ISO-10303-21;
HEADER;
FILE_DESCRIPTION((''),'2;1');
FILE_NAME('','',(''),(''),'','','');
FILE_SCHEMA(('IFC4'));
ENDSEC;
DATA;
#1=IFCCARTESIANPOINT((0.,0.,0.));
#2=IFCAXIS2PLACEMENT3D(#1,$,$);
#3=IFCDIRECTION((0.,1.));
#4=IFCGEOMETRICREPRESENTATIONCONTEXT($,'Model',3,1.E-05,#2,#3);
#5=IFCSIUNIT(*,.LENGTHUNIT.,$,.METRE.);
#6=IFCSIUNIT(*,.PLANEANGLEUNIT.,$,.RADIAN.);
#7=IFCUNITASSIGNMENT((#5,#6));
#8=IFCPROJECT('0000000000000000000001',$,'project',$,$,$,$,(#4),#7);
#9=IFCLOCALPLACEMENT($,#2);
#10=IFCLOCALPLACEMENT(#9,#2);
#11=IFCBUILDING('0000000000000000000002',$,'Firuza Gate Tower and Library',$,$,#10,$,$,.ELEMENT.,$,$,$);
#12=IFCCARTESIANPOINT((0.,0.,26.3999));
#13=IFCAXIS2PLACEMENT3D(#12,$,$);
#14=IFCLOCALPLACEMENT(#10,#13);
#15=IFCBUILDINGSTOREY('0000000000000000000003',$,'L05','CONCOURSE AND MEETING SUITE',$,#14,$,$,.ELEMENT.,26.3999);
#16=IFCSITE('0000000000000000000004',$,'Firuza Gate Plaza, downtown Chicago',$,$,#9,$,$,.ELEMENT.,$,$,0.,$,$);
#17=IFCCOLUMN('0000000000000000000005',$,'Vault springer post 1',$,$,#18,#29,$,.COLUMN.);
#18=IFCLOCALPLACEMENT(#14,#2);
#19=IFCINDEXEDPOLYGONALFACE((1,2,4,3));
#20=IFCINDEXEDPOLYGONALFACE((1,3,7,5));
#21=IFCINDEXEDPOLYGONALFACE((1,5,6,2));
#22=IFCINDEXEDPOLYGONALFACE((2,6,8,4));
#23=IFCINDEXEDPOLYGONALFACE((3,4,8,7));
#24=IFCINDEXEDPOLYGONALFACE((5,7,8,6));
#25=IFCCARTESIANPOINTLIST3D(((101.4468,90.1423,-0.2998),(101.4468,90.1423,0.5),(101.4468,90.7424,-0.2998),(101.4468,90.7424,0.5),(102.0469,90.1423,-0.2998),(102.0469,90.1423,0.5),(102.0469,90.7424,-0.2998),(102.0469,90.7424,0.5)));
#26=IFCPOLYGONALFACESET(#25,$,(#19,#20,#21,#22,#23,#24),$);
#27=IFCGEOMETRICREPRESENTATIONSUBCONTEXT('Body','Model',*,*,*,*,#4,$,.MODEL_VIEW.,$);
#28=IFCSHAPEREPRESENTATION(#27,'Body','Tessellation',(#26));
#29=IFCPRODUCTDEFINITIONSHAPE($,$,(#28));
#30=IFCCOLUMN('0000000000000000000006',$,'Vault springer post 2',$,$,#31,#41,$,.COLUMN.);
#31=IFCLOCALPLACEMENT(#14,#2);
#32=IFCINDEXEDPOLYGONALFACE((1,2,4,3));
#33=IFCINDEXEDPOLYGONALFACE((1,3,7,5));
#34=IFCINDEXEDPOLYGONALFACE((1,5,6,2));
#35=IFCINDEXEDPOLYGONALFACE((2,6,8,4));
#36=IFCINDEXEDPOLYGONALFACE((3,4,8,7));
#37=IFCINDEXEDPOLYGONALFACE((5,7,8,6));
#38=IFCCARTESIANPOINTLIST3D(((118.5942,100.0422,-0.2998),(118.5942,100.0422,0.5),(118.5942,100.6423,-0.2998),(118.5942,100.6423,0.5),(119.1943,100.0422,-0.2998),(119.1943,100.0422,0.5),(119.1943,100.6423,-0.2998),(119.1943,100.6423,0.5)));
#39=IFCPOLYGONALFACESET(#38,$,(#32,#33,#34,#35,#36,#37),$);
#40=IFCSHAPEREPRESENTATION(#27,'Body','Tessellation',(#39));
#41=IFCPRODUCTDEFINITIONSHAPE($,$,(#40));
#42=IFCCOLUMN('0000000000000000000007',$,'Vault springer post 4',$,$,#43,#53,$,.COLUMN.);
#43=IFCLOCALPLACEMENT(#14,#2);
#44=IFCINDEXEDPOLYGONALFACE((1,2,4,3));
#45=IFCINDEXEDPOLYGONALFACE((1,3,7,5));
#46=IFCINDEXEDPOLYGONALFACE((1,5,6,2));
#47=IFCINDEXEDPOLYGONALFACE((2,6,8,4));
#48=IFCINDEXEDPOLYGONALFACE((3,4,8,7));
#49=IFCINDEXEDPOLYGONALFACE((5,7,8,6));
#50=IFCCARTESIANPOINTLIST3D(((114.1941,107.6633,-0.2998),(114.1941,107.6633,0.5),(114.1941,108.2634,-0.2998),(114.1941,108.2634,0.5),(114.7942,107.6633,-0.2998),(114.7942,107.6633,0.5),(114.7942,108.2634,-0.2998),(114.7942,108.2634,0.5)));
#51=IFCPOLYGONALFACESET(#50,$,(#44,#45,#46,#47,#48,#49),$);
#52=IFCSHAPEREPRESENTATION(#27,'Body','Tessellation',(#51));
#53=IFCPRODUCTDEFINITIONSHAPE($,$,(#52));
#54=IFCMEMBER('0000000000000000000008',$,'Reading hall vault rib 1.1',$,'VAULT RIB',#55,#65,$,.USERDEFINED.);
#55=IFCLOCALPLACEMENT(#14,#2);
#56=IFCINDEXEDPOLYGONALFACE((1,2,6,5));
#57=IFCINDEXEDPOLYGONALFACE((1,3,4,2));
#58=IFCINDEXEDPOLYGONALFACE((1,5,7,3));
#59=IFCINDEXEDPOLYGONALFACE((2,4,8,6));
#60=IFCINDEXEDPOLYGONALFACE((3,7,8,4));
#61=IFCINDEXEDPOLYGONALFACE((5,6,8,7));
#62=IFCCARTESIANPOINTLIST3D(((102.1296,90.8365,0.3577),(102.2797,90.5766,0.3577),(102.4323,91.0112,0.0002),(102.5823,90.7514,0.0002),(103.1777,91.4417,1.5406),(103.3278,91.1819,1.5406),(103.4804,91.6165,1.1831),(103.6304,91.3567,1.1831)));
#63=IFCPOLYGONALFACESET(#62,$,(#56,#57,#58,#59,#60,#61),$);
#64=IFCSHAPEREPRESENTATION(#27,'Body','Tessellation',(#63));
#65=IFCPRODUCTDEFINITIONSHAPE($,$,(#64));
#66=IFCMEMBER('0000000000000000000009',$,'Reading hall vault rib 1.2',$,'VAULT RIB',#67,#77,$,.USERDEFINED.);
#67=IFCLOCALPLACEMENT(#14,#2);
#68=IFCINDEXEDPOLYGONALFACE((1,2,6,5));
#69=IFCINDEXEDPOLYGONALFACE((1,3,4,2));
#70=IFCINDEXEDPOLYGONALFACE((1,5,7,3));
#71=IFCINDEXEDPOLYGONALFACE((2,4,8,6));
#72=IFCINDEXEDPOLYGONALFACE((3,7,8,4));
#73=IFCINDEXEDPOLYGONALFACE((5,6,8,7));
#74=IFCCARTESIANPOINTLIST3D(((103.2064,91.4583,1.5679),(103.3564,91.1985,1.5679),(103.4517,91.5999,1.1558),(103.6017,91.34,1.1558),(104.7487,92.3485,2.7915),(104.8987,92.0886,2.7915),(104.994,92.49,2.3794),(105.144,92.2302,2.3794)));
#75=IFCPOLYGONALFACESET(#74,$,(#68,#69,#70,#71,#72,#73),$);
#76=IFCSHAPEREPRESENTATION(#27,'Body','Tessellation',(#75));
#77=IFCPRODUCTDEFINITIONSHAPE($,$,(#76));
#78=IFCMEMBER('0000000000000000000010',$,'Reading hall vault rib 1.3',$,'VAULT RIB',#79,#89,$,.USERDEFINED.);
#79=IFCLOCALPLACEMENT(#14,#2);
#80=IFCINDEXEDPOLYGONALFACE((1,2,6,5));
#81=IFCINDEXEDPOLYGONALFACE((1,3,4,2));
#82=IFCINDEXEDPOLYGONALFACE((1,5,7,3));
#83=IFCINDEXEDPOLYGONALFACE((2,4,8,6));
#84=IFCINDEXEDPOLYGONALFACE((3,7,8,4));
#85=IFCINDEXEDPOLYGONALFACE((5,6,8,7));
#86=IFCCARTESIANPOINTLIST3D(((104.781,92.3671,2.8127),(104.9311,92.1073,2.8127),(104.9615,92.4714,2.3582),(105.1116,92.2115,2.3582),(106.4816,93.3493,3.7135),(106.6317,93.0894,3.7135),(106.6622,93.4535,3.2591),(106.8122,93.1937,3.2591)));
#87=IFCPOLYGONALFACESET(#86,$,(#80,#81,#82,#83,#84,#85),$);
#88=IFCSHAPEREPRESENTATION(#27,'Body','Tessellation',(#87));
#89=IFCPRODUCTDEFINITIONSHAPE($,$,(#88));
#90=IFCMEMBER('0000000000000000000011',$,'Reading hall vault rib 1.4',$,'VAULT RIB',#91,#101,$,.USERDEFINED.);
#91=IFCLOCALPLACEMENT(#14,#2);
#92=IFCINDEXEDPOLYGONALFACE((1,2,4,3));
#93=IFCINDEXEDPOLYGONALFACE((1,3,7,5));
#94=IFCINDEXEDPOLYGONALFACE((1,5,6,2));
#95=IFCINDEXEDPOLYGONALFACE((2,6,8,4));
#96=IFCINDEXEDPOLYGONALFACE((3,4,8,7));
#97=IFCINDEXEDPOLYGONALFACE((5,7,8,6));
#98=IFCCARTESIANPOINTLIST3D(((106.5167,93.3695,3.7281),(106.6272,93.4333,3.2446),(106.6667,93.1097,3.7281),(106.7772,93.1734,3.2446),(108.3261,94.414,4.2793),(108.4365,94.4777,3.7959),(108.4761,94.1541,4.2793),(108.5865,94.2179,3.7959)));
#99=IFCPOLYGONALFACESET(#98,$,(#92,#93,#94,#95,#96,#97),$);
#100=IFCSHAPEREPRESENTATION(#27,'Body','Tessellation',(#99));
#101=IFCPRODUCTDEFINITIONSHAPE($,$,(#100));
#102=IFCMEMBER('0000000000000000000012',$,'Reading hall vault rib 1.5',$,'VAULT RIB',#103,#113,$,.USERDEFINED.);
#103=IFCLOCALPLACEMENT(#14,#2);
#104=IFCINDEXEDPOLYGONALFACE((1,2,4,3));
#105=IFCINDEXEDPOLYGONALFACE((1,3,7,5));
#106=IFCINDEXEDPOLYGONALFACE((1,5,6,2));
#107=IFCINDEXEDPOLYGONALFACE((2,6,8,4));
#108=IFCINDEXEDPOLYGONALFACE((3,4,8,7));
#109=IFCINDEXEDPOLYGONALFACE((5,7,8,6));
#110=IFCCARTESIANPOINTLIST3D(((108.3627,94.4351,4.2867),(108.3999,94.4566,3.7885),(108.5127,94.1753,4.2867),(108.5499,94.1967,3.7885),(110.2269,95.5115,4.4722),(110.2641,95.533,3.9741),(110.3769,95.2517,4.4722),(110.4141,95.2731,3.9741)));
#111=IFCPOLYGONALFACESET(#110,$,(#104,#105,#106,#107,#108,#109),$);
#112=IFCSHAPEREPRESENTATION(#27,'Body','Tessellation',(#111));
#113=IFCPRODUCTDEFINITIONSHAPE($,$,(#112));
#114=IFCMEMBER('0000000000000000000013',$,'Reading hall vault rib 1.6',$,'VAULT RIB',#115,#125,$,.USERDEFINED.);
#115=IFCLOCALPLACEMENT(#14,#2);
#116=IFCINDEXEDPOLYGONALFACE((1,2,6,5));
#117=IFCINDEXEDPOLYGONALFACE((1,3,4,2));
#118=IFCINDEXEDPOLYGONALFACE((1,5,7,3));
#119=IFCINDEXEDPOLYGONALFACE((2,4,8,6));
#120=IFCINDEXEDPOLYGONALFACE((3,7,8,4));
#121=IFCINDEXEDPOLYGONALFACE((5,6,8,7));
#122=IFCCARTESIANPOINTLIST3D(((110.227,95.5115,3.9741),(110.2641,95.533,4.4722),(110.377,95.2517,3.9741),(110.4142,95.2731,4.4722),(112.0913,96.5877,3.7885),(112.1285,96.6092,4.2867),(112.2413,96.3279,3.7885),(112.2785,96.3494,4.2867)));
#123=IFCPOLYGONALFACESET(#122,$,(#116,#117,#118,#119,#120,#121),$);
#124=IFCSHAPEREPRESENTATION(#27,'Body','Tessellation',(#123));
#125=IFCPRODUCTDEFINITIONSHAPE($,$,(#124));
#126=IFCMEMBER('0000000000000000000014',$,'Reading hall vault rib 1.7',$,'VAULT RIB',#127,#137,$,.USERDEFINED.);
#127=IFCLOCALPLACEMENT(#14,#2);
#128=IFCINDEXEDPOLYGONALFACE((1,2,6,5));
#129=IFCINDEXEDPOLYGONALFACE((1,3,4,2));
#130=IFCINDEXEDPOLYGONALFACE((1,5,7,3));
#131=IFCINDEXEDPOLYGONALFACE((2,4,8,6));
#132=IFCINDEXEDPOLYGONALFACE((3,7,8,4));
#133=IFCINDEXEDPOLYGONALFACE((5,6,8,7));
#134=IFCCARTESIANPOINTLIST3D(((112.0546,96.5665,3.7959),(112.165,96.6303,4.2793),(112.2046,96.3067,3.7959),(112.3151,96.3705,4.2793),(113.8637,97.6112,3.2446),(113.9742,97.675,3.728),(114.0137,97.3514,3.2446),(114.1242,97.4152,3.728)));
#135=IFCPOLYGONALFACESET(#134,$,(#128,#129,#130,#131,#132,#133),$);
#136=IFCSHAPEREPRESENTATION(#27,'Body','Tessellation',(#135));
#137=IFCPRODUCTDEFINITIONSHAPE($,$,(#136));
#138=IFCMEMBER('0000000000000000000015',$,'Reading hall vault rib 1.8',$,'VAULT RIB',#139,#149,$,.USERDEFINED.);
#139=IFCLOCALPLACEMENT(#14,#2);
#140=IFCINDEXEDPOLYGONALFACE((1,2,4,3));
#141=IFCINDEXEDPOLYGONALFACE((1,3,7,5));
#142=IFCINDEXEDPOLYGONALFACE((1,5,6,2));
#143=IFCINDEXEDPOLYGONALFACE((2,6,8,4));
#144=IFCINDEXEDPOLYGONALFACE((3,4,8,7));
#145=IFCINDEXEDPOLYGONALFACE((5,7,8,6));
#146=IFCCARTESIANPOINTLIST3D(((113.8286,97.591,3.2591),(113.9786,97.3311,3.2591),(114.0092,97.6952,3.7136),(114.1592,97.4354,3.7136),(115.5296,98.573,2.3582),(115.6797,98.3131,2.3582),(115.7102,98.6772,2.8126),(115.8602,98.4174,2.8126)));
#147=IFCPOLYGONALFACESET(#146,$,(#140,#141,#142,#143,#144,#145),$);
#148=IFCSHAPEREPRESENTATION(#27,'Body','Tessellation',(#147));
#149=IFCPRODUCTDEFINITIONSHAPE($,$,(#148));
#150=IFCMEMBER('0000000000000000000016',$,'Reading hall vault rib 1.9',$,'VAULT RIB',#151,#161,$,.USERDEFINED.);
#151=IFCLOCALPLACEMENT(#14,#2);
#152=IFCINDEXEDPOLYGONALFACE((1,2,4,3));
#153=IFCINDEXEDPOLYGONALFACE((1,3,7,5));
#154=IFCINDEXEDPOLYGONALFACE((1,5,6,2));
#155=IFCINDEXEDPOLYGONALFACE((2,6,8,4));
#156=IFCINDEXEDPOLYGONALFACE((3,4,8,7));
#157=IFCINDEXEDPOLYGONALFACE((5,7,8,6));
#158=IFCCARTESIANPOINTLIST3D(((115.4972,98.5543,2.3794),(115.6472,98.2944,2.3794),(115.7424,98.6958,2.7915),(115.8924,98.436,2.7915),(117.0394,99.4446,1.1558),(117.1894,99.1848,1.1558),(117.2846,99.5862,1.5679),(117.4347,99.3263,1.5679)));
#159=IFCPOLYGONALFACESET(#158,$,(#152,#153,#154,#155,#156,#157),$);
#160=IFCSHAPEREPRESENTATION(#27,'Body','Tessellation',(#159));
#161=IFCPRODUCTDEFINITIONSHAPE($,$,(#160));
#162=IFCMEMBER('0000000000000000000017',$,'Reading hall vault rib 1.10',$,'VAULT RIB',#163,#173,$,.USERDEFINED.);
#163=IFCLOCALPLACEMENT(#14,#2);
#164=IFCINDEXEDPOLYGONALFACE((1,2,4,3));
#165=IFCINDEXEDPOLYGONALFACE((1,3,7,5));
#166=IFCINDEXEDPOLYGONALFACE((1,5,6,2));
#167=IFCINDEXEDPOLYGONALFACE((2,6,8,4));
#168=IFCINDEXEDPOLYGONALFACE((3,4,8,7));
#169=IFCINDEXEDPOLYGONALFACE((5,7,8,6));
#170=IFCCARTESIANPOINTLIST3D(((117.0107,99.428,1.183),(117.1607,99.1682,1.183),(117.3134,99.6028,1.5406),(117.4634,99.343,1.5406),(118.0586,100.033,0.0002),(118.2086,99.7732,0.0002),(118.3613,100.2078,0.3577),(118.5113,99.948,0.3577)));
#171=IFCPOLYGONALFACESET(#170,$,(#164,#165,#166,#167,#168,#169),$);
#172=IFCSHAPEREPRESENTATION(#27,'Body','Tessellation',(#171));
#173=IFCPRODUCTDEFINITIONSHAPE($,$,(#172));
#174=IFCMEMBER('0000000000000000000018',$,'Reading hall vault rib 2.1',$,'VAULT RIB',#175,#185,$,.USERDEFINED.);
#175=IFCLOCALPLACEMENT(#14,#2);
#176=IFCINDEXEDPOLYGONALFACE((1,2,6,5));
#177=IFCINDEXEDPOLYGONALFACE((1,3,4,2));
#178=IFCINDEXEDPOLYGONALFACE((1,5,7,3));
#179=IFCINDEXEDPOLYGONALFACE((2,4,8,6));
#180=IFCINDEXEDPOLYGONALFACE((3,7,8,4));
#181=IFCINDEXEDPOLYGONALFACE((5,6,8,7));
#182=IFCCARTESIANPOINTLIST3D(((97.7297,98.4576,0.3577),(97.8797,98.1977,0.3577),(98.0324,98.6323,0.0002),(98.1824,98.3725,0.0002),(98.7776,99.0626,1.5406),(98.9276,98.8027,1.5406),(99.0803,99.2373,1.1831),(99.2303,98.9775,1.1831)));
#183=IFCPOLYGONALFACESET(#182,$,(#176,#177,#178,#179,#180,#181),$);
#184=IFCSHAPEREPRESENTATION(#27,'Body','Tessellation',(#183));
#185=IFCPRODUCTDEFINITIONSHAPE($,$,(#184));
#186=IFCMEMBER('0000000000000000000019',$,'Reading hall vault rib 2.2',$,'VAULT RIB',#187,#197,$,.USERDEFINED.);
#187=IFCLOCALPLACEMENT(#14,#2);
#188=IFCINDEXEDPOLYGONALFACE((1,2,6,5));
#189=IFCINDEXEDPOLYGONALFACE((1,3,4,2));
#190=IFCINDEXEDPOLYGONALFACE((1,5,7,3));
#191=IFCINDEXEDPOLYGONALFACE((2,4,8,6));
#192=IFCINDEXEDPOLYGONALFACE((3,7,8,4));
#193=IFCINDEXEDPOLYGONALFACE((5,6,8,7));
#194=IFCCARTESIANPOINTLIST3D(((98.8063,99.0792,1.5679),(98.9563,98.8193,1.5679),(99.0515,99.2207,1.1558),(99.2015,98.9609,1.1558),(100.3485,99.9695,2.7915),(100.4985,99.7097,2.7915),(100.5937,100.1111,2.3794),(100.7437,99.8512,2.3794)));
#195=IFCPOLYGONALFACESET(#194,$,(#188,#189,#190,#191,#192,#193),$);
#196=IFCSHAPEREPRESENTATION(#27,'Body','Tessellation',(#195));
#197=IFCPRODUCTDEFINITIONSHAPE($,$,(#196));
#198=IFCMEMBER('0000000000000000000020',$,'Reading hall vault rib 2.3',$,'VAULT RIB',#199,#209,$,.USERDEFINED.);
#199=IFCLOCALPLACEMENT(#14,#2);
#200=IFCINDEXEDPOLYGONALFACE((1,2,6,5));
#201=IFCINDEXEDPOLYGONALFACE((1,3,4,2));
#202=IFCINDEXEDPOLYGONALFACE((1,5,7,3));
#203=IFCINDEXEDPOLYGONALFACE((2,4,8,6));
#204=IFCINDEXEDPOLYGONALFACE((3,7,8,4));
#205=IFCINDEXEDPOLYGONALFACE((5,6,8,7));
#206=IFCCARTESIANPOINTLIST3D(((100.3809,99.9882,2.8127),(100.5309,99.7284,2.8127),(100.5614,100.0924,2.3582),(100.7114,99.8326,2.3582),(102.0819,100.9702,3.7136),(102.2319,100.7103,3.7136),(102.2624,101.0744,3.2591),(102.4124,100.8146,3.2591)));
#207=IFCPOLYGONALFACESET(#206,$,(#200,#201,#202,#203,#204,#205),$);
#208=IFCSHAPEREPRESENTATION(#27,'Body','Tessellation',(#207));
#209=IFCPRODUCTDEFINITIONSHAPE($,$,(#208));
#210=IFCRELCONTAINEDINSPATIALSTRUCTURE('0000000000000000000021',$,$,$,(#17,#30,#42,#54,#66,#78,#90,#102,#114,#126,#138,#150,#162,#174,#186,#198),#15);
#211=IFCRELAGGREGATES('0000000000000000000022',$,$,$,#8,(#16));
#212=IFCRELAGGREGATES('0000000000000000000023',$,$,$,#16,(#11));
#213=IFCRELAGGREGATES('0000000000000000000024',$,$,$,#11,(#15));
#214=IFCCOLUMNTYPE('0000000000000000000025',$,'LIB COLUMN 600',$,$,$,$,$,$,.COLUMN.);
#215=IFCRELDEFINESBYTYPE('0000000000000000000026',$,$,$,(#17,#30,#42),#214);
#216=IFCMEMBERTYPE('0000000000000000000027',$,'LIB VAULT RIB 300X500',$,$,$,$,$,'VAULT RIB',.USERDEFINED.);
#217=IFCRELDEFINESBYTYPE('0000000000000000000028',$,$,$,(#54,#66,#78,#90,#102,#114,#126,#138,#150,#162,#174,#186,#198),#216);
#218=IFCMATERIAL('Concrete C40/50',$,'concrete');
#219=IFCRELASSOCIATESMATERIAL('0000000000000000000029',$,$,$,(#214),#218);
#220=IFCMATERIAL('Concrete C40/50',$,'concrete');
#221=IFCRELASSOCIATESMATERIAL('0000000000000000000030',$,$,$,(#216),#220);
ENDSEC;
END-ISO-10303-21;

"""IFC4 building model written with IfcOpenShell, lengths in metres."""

from ifc_helpers import new_model, si_unit, direction, frame, origin, origin_2d, place, context, subcontext, project, spatial, rectangle, extrude, material, material_profile, profile_set, type_object, element, save


model = new_model("IFC4")

# Units and contexts
model_context = context("Model", 3, precision=1e-05, world=origin(), true_north=direction((0.0, 1.0)))
body_context = subcontext(model_context, "Body", "Model", "MODEL_VIEW")
ifc_project = project(units=[si_unit("LENGTHUNIT", "METRE"), si_unit("PLANEANGLEUNIT", "RADIAN")], contexts=[model_context])

# Site, building, storey
site_placement = place(None, origin())
site = spatial("IfcSite", under=ifc_project, at=site_placement, Name="Firuza Gate Plaza, downtown Chicago", CompositionType="ELEMENT", RefElevation=0.0)
building_placement = place(site_placement, origin())
building = spatial("IfcBuilding", under=site, at=building_placement, Name="Firuza Gate Tower and Library", CompositionType="ELEMENT")
storey_placement = place(building_placement, frame((0.0, 0.0, 26.3999)))
storey = spatial("IfcBuildingStorey", under=building, at=storey_placement, Name="L05", Description="CONCOURSE AND MEETING SUITE", CompositionType="ELEMENT", Elevation=26.3999)

# Columns
ifc_material_1 = material(Name="Concrete C40/50", Category="concrete")
ifc_material_profile_1 = material_profile(ifc_material_1, rectangle(XDim=0.6001, YDim=0.6001, at=origin_2d()))
ifc_profile_set_1 = profile_set([ifc_material_profile_1], Name="Concrete C40/50")
column_type = type_object("IfcColumnType", Name="LIB COLUMN 600", PredefinedType="COLUMN", material=ifc_profile_set_1)
for number, where, z_axis, x_axis, name in (
    (1, (101.7468, 90.4424, -0.2998), (0.0, 0.0, 1.0), (1.0, 0.0, 0.0), "Vault springer post 1"),
    (2, (118.8943, 100.3423, -0.2998), (0.0, 0.0, 1.0), (1.0, 0.0, 0.0), "Vault springer post 2"),
    (3, (114.4941, 107.9634, -0.2998), (0.0, 0.0, 1.0), (1.0, 0.0, 0.0), "Vault springer post 4"),
):
    element("IfcColumn", number, at=place(storey_placement, frame(where, z_axis=z_axis, x_axis=x_axis)), inside=storey, type_object=column_type, Name=name, PredefinedType="COLUMN", context=body_context, shape_type="SweptSolid", body=[
        extrude(rectangle(XDim=0.6001, YDim=0.6001, at=origin_2d()), origin(), (0.0, 0.0, 1.0), 0.7998),
    ])

# Members
ifc_material_2 = material(Name="Concrete C40/50", Category="concrete")
ifc_material_profile_2 = material_profile(ifc_material_2, rectangle(XDim=0.3, YDim=0.5, at=origin_2d()))
ifc_profile_set_2 = profile_set([ifc_material_profile_2], Name="Concrete C40/50")
member_type = type_object("IfcMemberType", Name="LIB VAULT RIB 300X500", ElementType="VAULT RIB", PredefinedType="USERDEFINED", material=ifc_profile_set_2)
member_1_placement = place(storey_placement, frame((102.356, 90.7939, 0.179), z_axis=(0.619323, 0.357629, 0.698957), x_axis=(-0.500066, 0.865987, 0.0)))
element("IfcMember", 4, at=member_1_placement, inside=storey, type_object=member_type, Name="Reading hall vault rib 1.1", ObjectType="VAULT RIB", PredefinedType="USERDEFINED", context=body_context, shape_type="SweptSolid", body=[
    extrude(rectangle(XDim=0.3, YDim=0.5, at=origin_2d()), origin(), (0.0, 0.0, 1.0), 1.6924),
])
for number, where, z_axis, x_axis, name in (
    (5, (103.4041, 91.3992, 1.3618), (0.713806, 0.411989, 0.566344), (-0.499885, 0.866092, 0.0), "Reading hall vault rib 1.2"),
    (6, (104.9463, 92.2893, 2.5854), (0.787102, 0.454567, 0.41694), (-0.50011, 0.865962, 0.0), "Reading hall vault rib 1.3"),
    (7, (106.647, 93.2715, 3.4863), (0.8374, 0.483389, 0.255141), (-0.499935, 0.866063, 0.0), "Reading hall vault rib 1.4"),
    (8, (108.4563, 94.3159, 4.0376), (0.862809, 0.498183, 0.085874), (-0.50003, 0.866008, 0.0), "Reading hall vault rib 1.5"),
    (9, (110.3206, 95.3923, 4.2231), (0.862858, 0.498098, -0.085879), (-0.499945, 0.866057, 0.0), "Reading hall vault rib 1.6"),
    (10, (112.1848, 96.4685, 4.0376), (0.83732, 0.483521, -0.255151), (-0.500073, 0.865983, 0.0), "Reading hall vault rib 1.7"),
):
    element("IfcMember", number, at=place(storey_placement, frame(where, z_axis=z_axis, x_axis=x_axis)), inside=storey, type_object=member_type, Name=name, ObjectType="VAULT RIB", PredefinedType="USERDEFINED", context=body_context, shape_type="SweptSolid", body=[
        extrude(rectangle(XDim=0.3, YDim=0.5, at=origin_2d()), origin(), (0.0, 0.0, 1.0), 2.1606),
    ])
member_2_placement = place(storey_placement, frame((113.9939, 97.5132, 3.4863), z_axis=(0.787186, 0.454437, -0.416925), x_axis=(-0.499963, 0.866047, 0.0)))
element("IfcMember", 11, at=member_2_placement, inside=storey, type_object=member_type, Name="Reading hall vault rib 1.8", ObjectType="VAULT RIB", PredefinedType="USERDEFINED", context=body_context, shape_type="SweptSolid", body=[
    extrude(rectangle(XDim=0.3, YDim=0.5, at=origin_2d()), origin(), (0.0, 0.0, 1.0), 2.1609),
])
member_3_placement = place(storey_placement, frame((115.6948, 98.4951, 2.5854), z_axis=(0.713773, 0.412083, -0.566318), x_axis=(-0.499987, 0.866033, 0.0)))
element("IfcMember", 12, at=member_3_placement, inside=storey, type_object=member_type, Name="Reading hall vault rib 1.9", ObjectType="VAULT RIB", PredefinedType="USERDEFINED", context=body_context, shape_type="SweptSolid", body=[
    extrude(rectangle(XDim=0.3, YDim=0.5, at=origin_2d()), origin(), (0.0, 0.0, 1.0), 2.1606),
])
for number, where, z_axis, x_axis, name in (
    (13, (117.2371, 99.3855, 1.3618), (0.619266, 0.357535, -0.699055), (-0.500002, 0.866024, 0.0), "Reading hall vault rib 1.10"),
    (14, (97.9561, 98.415, 0.179), (0.619266, 0.357535, 0.699055), (-0.500002, 0.866024, 0.0), "Reading hall vault rib 2.1"),
):
    element("IfcMember", number, at=place(storey_placement, frame(where, z_axis=z_axis, x_axis=x_axis)), inside=storey, type_object=member_type, Name=name, ObjectType="VAULT RIB", PredefinedType="USERDEFINED", context=body_context, shape_type="SweptSolid", body=[
        extrude(rectangle(XDim=0.3, YDim=0.5, at=origin_2d()), origin(), (0.0, 0.0, 1.0), 1.6921),
    ])
member_4_placement = place(storey_placement, frame((99.0039, 99.02, 1.3618), z_axis=(0.713773, 0.412083, 0.566318), x_axis=(-0.499987, 0.866033, 0.0)))
element("IfcMember", 15, at=member_4_placement, inside=storey, type_object=member_type, Name="Reading hall vault rib 2.2", ObjectType="VAULT RIB", PredefinedType="USERDEFINED", context=body_context, shape_type="SweptSolid", body=[
    extrude(rectangle(XDim=0.3, YDim=0.5, at=origin_2d()), origin(), (0.0, 0.0, 1.0), 2.1606),
])
member_5_placement = place(storey_placement, frame((100.5461, 99.9104, 2.5854), z_axis=(0.787186, 0.454437, 0.416925), x_axis=(-0.499963, 0.866047, 0.0)))
element("IfcMember", 16, at=member_5_placement, inside=storey, type_object=member_type, Name="Reading hall vault rib 2.3", ObjectType="VAULT RIB", PredefinedType="USERDEFINED", context=body_context, shape_type="SweptSolid", body=[
    extrude(rectangle(XDim=0.3, YDim=0.5, at=origin_2d()), origin(), (0.0, 0.0, 1.0), 2.1609),
])

save(model, "model.ifc")
